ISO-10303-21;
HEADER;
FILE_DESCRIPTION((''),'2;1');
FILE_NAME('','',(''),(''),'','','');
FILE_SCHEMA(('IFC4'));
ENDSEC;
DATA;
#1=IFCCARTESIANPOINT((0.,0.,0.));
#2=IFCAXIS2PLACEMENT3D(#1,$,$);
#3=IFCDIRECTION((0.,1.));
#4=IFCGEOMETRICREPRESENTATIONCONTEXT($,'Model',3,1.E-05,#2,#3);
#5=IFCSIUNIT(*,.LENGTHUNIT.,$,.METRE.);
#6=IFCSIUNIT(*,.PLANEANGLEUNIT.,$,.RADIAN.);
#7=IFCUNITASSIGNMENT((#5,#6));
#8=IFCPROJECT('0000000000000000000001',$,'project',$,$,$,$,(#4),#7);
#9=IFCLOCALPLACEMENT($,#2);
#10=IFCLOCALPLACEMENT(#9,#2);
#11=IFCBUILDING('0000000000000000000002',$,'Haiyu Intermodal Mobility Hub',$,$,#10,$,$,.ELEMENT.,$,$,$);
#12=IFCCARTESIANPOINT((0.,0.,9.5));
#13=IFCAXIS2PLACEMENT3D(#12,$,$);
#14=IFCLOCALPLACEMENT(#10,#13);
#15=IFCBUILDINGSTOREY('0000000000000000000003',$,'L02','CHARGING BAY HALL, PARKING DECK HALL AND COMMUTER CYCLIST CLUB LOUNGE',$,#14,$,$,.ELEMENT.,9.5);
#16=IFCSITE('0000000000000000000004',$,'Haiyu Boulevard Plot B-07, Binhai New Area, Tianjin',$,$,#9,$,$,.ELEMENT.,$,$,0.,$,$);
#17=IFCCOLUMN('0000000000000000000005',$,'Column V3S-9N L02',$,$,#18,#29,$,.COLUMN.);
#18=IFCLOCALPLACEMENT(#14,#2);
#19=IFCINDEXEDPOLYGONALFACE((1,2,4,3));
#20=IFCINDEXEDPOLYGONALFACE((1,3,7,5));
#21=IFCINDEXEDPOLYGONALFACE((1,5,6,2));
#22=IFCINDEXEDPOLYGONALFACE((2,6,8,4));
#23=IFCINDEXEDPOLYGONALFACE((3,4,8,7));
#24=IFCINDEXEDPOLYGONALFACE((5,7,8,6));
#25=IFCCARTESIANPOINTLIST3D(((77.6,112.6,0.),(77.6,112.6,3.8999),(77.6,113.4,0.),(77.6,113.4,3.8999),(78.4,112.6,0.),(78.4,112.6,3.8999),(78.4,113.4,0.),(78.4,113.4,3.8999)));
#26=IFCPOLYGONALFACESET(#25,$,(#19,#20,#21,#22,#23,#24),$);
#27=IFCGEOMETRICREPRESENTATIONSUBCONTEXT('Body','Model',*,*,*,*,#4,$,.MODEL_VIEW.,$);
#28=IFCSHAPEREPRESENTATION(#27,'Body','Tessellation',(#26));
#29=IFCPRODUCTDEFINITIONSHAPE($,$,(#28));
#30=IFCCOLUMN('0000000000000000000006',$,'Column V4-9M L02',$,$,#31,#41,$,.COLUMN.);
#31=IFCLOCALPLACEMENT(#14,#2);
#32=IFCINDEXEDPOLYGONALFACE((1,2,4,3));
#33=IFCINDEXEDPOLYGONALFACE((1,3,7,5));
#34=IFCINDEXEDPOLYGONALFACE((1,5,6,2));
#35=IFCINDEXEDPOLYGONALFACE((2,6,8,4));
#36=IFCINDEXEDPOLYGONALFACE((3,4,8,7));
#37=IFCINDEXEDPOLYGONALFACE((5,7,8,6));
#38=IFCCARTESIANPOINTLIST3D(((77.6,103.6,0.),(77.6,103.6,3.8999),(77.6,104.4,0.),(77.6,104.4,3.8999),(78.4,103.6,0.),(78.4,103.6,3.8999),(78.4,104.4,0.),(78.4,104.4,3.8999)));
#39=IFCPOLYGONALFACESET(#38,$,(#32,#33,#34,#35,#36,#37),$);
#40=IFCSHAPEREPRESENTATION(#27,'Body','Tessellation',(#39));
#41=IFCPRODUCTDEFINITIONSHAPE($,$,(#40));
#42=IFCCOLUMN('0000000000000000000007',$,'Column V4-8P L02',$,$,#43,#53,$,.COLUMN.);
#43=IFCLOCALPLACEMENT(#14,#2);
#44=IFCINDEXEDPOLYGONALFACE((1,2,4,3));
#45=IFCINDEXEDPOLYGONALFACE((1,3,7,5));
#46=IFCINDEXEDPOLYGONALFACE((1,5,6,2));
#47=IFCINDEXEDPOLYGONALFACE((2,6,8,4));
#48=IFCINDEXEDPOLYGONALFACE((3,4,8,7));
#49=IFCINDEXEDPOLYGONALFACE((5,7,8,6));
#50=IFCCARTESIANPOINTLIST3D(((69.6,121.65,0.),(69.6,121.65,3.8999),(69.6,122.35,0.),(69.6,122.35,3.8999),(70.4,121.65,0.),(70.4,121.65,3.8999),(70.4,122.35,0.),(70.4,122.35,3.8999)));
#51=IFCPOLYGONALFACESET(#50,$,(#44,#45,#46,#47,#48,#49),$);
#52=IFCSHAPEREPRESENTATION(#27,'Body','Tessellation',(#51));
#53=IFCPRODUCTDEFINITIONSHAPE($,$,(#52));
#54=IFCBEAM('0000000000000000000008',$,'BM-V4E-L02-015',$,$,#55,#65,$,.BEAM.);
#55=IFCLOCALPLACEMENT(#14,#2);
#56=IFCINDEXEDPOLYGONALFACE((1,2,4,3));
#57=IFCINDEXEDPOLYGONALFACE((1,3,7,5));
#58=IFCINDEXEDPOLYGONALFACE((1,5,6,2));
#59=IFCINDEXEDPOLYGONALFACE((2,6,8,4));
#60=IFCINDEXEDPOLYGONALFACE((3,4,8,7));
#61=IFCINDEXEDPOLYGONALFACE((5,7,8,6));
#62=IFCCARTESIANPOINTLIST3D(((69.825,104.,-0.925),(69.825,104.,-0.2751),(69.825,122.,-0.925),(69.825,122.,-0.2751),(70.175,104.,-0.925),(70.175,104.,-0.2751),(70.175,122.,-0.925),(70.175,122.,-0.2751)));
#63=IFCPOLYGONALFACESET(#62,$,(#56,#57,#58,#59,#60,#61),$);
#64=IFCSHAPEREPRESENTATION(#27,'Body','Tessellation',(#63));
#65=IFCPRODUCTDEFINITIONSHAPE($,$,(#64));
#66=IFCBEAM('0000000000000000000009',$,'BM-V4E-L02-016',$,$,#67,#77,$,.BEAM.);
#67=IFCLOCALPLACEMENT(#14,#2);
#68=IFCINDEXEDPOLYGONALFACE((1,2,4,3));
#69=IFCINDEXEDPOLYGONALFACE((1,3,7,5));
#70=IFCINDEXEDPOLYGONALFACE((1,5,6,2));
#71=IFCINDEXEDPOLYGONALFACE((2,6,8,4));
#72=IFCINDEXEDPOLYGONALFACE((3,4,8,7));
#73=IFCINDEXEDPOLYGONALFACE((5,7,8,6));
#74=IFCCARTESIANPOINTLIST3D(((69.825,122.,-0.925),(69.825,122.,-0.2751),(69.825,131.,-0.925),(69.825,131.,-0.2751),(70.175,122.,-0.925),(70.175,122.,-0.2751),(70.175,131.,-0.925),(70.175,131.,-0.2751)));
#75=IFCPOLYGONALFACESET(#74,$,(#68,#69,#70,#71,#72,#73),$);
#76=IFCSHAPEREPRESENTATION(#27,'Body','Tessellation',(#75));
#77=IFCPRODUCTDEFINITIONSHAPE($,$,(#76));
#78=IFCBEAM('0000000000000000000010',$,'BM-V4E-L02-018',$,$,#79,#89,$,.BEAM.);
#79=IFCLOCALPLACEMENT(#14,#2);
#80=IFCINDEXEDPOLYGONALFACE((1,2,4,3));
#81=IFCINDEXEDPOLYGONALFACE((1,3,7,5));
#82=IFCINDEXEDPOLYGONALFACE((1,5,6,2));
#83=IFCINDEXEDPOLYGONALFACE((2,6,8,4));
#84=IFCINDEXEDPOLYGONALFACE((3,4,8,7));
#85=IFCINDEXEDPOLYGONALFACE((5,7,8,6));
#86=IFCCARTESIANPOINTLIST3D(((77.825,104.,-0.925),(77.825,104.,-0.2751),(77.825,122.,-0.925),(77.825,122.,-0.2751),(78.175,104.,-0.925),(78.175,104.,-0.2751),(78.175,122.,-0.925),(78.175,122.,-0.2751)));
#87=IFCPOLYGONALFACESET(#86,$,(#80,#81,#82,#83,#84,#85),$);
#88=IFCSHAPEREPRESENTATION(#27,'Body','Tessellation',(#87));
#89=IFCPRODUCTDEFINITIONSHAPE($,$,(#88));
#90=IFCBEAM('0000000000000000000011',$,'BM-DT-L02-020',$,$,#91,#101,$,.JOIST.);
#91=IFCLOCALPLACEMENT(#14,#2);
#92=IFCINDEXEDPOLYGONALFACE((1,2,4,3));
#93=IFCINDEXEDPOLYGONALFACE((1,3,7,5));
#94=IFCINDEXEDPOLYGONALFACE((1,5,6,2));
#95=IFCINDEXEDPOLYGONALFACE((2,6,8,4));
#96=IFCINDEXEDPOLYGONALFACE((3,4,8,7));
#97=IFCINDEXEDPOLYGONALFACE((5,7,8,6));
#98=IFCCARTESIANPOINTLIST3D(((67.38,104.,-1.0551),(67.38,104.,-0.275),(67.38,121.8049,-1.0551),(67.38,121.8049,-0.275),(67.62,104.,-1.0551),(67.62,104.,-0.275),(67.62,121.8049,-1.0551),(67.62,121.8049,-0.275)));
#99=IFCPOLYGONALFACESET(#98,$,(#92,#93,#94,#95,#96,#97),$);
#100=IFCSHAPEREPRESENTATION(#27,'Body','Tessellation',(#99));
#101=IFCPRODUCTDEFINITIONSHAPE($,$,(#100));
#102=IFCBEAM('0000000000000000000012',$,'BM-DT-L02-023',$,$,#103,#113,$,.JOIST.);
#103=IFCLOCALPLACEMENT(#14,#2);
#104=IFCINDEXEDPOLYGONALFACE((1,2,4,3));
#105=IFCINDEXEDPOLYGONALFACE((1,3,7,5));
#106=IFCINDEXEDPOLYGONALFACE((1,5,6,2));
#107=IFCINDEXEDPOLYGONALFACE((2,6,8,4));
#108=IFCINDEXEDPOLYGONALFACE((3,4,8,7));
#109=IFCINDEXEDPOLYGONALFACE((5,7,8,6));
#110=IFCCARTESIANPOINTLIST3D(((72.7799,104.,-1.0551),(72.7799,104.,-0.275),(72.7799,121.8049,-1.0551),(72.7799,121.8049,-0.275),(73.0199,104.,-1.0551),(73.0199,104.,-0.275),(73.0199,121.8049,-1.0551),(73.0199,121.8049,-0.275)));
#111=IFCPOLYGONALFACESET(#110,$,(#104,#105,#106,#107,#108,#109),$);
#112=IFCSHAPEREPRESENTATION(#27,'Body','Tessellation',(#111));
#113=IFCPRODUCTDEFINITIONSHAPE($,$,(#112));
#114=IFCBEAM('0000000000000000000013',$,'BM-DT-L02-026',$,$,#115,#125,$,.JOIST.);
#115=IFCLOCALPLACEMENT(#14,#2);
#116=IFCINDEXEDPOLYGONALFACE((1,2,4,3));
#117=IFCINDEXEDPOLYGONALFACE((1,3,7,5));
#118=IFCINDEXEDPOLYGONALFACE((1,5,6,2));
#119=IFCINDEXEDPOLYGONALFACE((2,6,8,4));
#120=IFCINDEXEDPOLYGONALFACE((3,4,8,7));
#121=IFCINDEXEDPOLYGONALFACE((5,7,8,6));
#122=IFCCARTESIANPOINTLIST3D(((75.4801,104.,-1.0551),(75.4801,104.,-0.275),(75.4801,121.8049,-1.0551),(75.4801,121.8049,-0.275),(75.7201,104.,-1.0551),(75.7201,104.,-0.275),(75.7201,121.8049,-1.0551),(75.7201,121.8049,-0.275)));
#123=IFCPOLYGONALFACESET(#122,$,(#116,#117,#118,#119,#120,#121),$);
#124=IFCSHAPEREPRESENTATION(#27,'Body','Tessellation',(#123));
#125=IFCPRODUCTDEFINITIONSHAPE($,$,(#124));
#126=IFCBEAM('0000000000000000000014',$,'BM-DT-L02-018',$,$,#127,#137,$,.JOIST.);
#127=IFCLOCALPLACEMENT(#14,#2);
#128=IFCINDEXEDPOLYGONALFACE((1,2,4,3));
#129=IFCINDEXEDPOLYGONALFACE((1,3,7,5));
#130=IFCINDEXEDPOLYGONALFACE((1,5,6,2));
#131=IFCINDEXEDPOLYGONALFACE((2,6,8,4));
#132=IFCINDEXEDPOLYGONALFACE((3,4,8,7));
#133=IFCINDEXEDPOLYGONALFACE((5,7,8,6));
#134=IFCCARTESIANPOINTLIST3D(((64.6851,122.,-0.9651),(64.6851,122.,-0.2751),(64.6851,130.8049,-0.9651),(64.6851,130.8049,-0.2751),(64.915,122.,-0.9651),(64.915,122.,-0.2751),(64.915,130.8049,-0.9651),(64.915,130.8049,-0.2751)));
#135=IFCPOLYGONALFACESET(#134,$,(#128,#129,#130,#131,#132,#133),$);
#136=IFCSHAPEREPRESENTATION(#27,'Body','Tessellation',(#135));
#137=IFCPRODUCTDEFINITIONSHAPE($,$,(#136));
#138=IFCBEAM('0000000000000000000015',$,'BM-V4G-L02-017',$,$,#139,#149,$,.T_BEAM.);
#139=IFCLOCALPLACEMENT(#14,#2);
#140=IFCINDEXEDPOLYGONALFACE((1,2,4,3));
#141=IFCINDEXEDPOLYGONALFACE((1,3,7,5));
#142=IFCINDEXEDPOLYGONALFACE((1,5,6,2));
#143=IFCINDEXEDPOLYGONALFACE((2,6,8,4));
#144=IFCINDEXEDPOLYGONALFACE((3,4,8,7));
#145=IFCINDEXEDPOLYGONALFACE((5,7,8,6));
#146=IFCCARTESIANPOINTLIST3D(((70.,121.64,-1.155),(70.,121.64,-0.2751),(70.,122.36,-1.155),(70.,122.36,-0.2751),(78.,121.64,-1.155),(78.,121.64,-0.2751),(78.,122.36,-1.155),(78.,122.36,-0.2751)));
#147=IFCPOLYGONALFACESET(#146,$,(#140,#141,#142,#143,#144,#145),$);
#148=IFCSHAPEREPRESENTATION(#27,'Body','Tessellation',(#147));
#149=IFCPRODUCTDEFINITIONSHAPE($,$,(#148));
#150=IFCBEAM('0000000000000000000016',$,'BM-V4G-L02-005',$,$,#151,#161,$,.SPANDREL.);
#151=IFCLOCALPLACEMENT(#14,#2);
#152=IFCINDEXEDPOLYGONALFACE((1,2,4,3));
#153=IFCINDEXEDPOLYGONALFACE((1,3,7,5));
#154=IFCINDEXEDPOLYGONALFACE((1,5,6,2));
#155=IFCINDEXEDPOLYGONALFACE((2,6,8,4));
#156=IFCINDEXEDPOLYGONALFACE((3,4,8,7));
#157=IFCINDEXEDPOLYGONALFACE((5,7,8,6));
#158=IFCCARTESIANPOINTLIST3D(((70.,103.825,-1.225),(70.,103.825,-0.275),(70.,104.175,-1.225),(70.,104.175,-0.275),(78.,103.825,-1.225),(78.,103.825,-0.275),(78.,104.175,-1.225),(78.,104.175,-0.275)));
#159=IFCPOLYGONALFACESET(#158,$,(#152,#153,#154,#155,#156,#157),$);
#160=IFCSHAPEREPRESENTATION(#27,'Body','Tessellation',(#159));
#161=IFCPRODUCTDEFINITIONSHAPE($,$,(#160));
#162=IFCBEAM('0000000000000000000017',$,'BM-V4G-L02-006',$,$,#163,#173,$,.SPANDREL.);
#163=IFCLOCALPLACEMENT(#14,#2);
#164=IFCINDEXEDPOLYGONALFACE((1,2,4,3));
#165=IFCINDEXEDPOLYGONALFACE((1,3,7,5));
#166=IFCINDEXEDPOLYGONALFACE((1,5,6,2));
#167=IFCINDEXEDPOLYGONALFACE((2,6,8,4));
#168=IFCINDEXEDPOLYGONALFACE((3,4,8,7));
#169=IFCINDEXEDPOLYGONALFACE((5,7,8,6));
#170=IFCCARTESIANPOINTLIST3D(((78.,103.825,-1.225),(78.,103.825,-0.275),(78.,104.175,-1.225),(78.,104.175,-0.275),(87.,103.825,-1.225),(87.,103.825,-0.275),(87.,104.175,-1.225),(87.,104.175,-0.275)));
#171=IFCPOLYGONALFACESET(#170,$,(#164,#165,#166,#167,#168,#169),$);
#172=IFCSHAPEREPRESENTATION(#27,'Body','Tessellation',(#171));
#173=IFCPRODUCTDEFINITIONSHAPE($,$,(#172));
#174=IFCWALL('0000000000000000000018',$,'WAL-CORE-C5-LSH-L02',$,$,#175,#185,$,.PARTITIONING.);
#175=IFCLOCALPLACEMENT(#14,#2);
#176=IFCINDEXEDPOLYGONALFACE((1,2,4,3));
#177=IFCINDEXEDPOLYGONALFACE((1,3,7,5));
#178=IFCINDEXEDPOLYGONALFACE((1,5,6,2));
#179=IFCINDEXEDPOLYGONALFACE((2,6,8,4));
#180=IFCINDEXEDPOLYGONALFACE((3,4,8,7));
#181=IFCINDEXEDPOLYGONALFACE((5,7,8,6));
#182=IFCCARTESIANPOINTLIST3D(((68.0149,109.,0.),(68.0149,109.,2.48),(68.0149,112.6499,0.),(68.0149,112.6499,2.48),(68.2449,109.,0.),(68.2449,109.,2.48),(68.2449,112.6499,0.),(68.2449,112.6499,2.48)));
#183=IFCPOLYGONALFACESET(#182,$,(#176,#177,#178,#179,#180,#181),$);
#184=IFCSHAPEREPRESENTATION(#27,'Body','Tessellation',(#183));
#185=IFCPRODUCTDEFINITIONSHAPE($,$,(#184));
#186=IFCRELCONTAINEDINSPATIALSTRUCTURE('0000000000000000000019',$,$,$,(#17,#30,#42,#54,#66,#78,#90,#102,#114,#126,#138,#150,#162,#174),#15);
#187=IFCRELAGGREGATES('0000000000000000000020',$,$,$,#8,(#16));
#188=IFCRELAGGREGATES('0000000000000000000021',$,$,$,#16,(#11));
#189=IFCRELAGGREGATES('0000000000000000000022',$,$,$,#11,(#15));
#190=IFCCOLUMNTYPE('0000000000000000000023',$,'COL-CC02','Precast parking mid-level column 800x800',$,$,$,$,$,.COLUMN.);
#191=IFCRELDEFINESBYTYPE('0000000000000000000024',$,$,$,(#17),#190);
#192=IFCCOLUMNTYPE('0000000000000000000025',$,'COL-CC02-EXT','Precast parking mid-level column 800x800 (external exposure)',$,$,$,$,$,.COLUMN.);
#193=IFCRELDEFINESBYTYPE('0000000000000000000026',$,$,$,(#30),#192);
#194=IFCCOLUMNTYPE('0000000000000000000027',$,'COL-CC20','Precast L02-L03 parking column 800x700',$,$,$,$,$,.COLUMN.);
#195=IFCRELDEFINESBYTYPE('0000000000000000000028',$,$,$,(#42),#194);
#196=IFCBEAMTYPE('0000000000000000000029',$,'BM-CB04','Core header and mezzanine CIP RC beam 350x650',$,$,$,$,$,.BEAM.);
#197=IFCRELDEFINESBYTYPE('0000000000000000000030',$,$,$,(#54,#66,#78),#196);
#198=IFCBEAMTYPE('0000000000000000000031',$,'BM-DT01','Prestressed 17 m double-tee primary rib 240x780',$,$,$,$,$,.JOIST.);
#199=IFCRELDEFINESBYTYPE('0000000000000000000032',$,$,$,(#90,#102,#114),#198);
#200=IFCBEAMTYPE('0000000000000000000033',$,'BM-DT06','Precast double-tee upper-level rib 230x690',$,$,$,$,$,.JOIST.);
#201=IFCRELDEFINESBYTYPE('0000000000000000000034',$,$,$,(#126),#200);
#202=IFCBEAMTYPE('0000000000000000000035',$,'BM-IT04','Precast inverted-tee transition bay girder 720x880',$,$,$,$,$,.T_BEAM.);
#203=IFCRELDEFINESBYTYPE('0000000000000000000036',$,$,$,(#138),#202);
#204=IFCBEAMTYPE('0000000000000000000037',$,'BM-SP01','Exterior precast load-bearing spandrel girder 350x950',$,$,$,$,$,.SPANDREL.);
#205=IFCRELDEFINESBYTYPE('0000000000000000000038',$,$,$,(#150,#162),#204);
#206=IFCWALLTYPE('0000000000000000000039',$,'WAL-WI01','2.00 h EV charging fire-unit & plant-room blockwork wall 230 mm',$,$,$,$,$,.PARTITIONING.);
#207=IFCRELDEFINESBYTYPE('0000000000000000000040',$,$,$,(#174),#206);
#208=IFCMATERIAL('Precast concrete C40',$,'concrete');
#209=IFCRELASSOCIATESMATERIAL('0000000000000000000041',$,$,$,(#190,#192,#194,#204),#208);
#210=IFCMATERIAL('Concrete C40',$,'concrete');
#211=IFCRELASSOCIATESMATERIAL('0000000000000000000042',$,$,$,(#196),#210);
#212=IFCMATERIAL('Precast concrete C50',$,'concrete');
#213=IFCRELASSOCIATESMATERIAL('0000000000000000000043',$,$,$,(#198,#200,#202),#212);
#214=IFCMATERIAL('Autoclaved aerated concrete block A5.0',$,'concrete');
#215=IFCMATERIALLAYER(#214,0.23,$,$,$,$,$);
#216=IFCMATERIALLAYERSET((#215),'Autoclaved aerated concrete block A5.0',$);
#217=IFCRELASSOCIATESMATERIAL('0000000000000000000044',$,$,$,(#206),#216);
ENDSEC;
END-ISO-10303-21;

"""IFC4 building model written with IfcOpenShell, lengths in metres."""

from ifc_helpers import new_model, si_unit, direction, frame, frame_2d, origin, origin_2d, place, context, subcontext, project, spatial, rectangle, extrude, material, layer, layer_set, material_profile, profile_set, type_object, element, save


model = new_model("IFC4")

# Units and contexts
model_context = context("Model", 3, precision=1e-05, world=origin(), true_north=direction((0.0, 1.0)))
body_context = subcontext(model_context, "Body", "Model", "MODEL_VIEW")
ifc_project = project(units=[si_unit("LENGTHUNIT", "METRE"), si_unit("PLANEANGLEUNIT", "RADIAN")], contexts=[model_context])

# Site, building, storey
site_placement = place(None, origin())
site = spatial("IfcSite", under=ifc_project, at=site_placement, Name="Haiyu Boulevard Plot B-07, Binhai New Area, Tianjin", CompositionType="ELEMENT", RefElevation=0.0)
building_placement = place(site_placement, origin())
building = spatial("IfcBuilding", under=site, at=building_placement, Name="Haiyu Intermodal Mobility Hub", CompositionType="ELEMENT")
storey_placement = place(building_placement, frame((0.0, 0.0, 9.5)))
storey = spatial("IfcBuildingStorey", under=building, at=storey_placement, Name="L02", Description="CHARGING BAY HALL, PARKING DECK HALL AND COMMUTER CYCLIST CLUB LOUNGE", CompositionType="ELEMENT", Elevation=9.5)

# Columns
ifc_material_1 = material(Name="Precast concrete C40", Category="concrete")
ifc_material_profile_1 = material_profile(ifc_material_1, rectangle(XDim=0.8, YDim=0.8, at=origin_2d()), Name="RC800x800")
ifc_profile_set_1 = profile_set([ifc_material_profile_1], Name="Precast concrete C40")
column_type_1 = type_object("IfcColumnType", Name="COL-CC02", Description="Precast parking mid-level column 800x800", PredefinedType="COLUMN", material=ifc_profile_set_1)
column_1_placement = place(storey_placement, frame((78.0, 113.0, 0.0), z_axis=(0.0, 0.0, 1.0), x_axis=(1.0, 0.0, 0.0)))
element("IfcColumn", 1, at=column_1_placement, inside=storey, type_object=column_type_1, Name="Column V3S-9N L02", PredefinedType="COLUMN", context=body_context, shape_type="SweptSolid", body=[
    extrude(rectangle(XDim=0.8, YDim=0.8, at=origin_2d()), origin(), (0.0, 0.0, 1.0), 3.8999),
])
ifc_material_profile_2 = material_profile(ifc_material_1, rectangle(XDim=0.8, YDim=0.8, at=origin_2d()), Name="RC800x800")
ifc_profile_set_2 = profile_set([ifc_material_profile_2], Name="Precast concrete C40")
column_type_2 = type_object("IfcColumnType", Name="COL-CC02-EXT", Description="Precast parking mid-level column 800x800 (external exposure)", PredefinedType="COLUMN", material=ifc_profile_set_2)
column_2_placement = place(storey_placement, frame((78.0, 104.0, 0.0), z_axis=(0.0, 0.0, 1.0), x_axis=(1.0, 0.0, 0.0)))
element("IfcColumn", 2, at=column_2_placement, inside=storey, type_object=column_type_2, Name="Column V4-9M L02", PredefinedType="COLUMN", context=body_context, shape_type="SweptSolid", body=[
    extrude(rectangle(XDim=0.8, YDim=0.8, at=origin_2d()), origin(), (0.0, 0.0, 1.0), 3.8999),
])
ifc_material_profile_3 = material_profile(ifc_material_1, rectangle(XDim=0.8, YDim=0.7, at=origin_2d()), Name="C800x700")
ifc_profile_set_3 = profile_set([ifc_material_profile_3], Name="Precast concrete C40")
column_type_3 = type_object("IfcColumnType", Name="COL-CC20", Description="Precast L02-L03 parking column 800x700", PredefinedType="COLUMN", material=ifc_profile_set_3)
column_3_placement = place(storey_placement, frame((70.0, 122.0, 0.0), z_axis=(0.0, 0.0, 1.0), x_axis=(1.0, 0.0, 0.0)))
element("IfcColumn", 3, at=column_3_placement, inside=storey, type_object=column_type_3, Name="Column V4-8P L02", PredefinedType="COLUMN", context=body_context, shape_type="SweptSolid", body=[
    extrude(rectangle(XDim=0.8, YDim=0.7, at=origin_2d()), origin(), (0.0, 0.0, 1.0), 3.8999),
])

# Beams
ifc_material_2 = material(Name="Concrete C40", Category="concrete")
ifc_material_profile_4 = material_profile(ifc_material_2, rectangle(XDim=0.3501, YDim=0.6499, at=origin_2d()), Name="RCB350x650")
ifc_profile_set_4 = profile_set([ifc_material_profile_4], Name="Concrete C40")
beam_type_1 = type_object("IfcBeamType", Name="BM-CB04", Description="Core header and mezzanine CIP RC beam 350x650", PredefinedType="BEAM", material=ifc_profile_set_4)
beam_1_placement = place(storey_placement, frame((70.0, 104.0, -0.6001), z_axis=(0.0, 1.0, 0.0), x_axis=(-1.0, 0.0, 0.0)))
element("IfcBeam", 4, at=beam_1_placement, inside=storey, type_object=beam_type_1, Name="BM-V4E-L02-015", PredefinedType="BEAM", context=body_context, shape_type="SweptSolid", body=[
    extrude(rectangle(XDim=0.3501, YDim=0.6499, at=origin_2d()), origin(), (0.0, 0.0, 1.0), 18.0),
])
beam_2_placement = place(storey_placement, frame((70.0, 122.0, -0.6001), z_axis=(0.0, 1.0, 0.0), x_axis=(-1.0, 0.0, 0.0)))
element("IfcBeam", 5, at=beam_2_placement, inside=storey, type_object=beam_type_1, Name="BM-V4E-L02-016", PredefinedType="BEAM", context=body_context, shape_type="SweptSolid", body=[
    extrude(rectangle(XDim=0.3501, YDim=0.6499, at=origin_2d()), origin(), (0.0, 0.0, 1.0), 9.0),
])
beam_3_placement = place(storey_placement, frame((78.0, 104.0, -0.6001), z_axis=(0.0, 1.0, 0.0), x_axis=(-1.0, 0.0, 0.0)))
element("IfcBeam", 6, at=beam_3_placement, inside=storey, type_object=beam_type_1, Name="BM-V4E-L02-018", PredefinedType="BEAM", context=body_context, shape_type="SweptSolid", body=[
    extrude(rectangle(XDim=0.3501, YDim=0.6499, at=origin_2d()), origin(), (0.0, 0.0, 1.0), 18.0),
])
ifc_material_3 = material(Name="Precast concrete C50", Category="concrete")
ifc_material_profile_5 = material_profile(ifc_material_3, rectangle(XDim=0.24, YDim=0.78, at=origin_2d()), Name="PC240x780")
ifc_profile_set_5 = profile_set([ifc_material_profile_5], Name="Precast concrete C50")
beam_type_2 = type_object("IfcBeamType", Name="BM-DT01", Description="Prestressed 17 m double-tee primary rib 240x780", PredefinedType="JOIST", material=ifc_profile_set_5)
for number, where, z_axis, x_axis, name in (
    (7, (67.5, 104.0, -0.665), (0.0, 1.0, 0.0), (-1.0, 0.0, 0.0), "BM-DT-L02-020"),
    (8, (72.8999, 104.0, -0.665), (0.0, 1.0, 0.0), (-1.0, 0.0, 0.0), "BM-DT-L02-023"),
    (9, (75.6001, 104.0, -0.665), (0.0, 1.0, 0.0), (-1.0, 0.0, 0.0), "BM-DT-L02-026"),
):
    element("IfcBeam", number, at=place(storey_placement, frame(where, z_axis=z_axis, x_axis=x_axis)), inside=storey, type_object=beam_type_2, Name=name, PredefinedType="JOIST", context=body_context, shape_type="SweptSolid", body=[
        extrude(rectangle(XDim=0.24, YDim=0.78, at=origin_2d()), origin(), (0.0, 0.0, 1.0), 17.8049),
    ])
ifc_material_profile_6 = material_profile(ifc_material_3, rectangle(XDim=0.23, YDim=0.6899, at=origin_2d()), Name="B230x690")
ifc_profile_set_6 = profile_set([ifc_material_profile_6], Name="Precast concrete C50")
beam_type_3 = type_object("IfcBeamType", Name="BM-DT06", Description="Precast double-tee upper-level rib 230x690", PredefinedType="JOIST", material=ifc_profile_set_6)
beam_4_placement = place(storey_placement, frame((64.8, 122.0, -0.6201), z_axis=(0.0, 1.0, 0.0), x_axis=(-1.0, 0.0, 0.0)))
element("IfcBeam", 10, at=beam_4_placement, inside=storey, type_object=beam_type_3, Name="BM-DT-L02-018", PredefinedType="JOIST", context=body_context, shape_type="SweptSolid", body=[
    extrude(rectangle(XDim=0.23, YDim=0.6899, at=origin_2d()), origin(), (0.0, 0.0, 1.0), 8.8049),
])
ifc_material_profile_7 = material_profile(ifc_material_3, rectangle(XDim=0.72, YDim=0.8799, at=origin_2d()), Name="B720x880")
ifc_profile_set_7 = profile_set([ifc_material_profile_7], Name="Precast concrete C50")
beam_type_4 = type_object("IfcBeamType", Name="BM-IT04", Description="Precast inverted-tee transition bay girder 720x880", PredefinedType="T_BEAM", material=ifc_profile_set_7)
beam_5_placement = place(storey_placement, frame((70.0, 122.0, -0.7151), z_axis=(1.0, 0.0, 0.0), x_axis=(0.0, 1.0, 0.0)))
element("IfcBeam", 11, at=beam_5_placement, inside=storey, type_object=beam_type_4, Name="BM-V4G-L02-017", PredefinedType="T_BEAM", context=body_context, shape_type="SweptSolid", body=[
    extrude(rectangle(XDim=0.72, YDim=0.8799, at=origin_2d()), origin(), (0.0, 0.0, 1.0), 8.0),
])
ifc_material_profile_8 = material_profile(ifc_material_1, rectangle(XDim=0.3501, YDim=0.95, at=origin_2d()), Name="PC350x950")
ifc_profile_set_8 = profile_set([ifc_material_profile_8], Name="Precast concrete C40")
beam_type_5 = type_object("IfcBeamType", Name="BM-SP01", Description="Exterior precast load-bearing spandrel girder 350x950", PredefinedType="SPANDREL", material=ifc_profile_set_8)
beam_6_placement = place(storey_placement, frame((70.0, 104.0, -0.75), z_axis=(1.0, 0.0, 0.0), x_axis=(0.0, 1.0, 0.0)))
element("IfcBeam", 12, at=beam_6_placement, inside=storey, type_object=beam_type_5, Name="BM-V4G-L02-005", PredefinedType="SPANDREL", context=body_context, shape_type="SweptSolid", body=[
    extrude(rectangle(XDim=0.3501, YDim=0.95, at=origin_2d()), origin(), (0.0, 0.0, 1.0), 8.0),
])
beam_7_placement = place(storey_placement, frame((78.0, 104.0, -0.75), z_axis=(1.0, 0.0, 0.0), x_axis=(0.0, 1.0, 0.0)))
element("IfcBeam", 13, at=beam_7_placement, inside=storey, type_object=beam_type_5, Name="BM-V4G-L02-006", PredefinedType="SPANDREL", context=body_context, shape_type="SweptSolid", body=[
    extrude(rectangle(XDim=0.3501, YDim=0.95, at=origin_2d()), origin(), (0.0, 0.0, 1.0), 9.0),
])

# Wall
ifc_material_4 = material(Name="Autoclaved aerated concrete block A5.0", Category="concrete")
ifc_layer_1 = layer(ifc_material_4, 0.23)
ifc_layer_set_1 = layer_set([ifc_layer_1], Name="Autoclaved aerated concrete block A5.0")
wall_type_1 = type_object("IfcWallType", Name="WAL-WI01", Description="2.00 h EV charging fire-unit & plant-room blockwork wall 230 mm", PredefinedType="PARTITIONING", material=ifc_layer_set_1)
wall_1_placement = place(storey_placement, frame((68.1299, 109.0, 0.0), z_axis=(0.0, 0.0, 1.0), x_axis=(0.0, 1.0, 0.0)))
element("IfcWall", 14, at=wall_1_placement, inside=storey, type_object=wall_type_1, Name="WAL-CORE-C5-LSH-L02", PredefinedType="PARTITIONING", context=body_context, shape_type="SweptSolid", body=[
    extrude(rectangle(XDim=3.6499, YDim=0.23, at=frame_2d((1.825, 0.0))), origin(), (0.0, 0.0, 1.0), 2.48),
])

save(model, "model.ifc")
